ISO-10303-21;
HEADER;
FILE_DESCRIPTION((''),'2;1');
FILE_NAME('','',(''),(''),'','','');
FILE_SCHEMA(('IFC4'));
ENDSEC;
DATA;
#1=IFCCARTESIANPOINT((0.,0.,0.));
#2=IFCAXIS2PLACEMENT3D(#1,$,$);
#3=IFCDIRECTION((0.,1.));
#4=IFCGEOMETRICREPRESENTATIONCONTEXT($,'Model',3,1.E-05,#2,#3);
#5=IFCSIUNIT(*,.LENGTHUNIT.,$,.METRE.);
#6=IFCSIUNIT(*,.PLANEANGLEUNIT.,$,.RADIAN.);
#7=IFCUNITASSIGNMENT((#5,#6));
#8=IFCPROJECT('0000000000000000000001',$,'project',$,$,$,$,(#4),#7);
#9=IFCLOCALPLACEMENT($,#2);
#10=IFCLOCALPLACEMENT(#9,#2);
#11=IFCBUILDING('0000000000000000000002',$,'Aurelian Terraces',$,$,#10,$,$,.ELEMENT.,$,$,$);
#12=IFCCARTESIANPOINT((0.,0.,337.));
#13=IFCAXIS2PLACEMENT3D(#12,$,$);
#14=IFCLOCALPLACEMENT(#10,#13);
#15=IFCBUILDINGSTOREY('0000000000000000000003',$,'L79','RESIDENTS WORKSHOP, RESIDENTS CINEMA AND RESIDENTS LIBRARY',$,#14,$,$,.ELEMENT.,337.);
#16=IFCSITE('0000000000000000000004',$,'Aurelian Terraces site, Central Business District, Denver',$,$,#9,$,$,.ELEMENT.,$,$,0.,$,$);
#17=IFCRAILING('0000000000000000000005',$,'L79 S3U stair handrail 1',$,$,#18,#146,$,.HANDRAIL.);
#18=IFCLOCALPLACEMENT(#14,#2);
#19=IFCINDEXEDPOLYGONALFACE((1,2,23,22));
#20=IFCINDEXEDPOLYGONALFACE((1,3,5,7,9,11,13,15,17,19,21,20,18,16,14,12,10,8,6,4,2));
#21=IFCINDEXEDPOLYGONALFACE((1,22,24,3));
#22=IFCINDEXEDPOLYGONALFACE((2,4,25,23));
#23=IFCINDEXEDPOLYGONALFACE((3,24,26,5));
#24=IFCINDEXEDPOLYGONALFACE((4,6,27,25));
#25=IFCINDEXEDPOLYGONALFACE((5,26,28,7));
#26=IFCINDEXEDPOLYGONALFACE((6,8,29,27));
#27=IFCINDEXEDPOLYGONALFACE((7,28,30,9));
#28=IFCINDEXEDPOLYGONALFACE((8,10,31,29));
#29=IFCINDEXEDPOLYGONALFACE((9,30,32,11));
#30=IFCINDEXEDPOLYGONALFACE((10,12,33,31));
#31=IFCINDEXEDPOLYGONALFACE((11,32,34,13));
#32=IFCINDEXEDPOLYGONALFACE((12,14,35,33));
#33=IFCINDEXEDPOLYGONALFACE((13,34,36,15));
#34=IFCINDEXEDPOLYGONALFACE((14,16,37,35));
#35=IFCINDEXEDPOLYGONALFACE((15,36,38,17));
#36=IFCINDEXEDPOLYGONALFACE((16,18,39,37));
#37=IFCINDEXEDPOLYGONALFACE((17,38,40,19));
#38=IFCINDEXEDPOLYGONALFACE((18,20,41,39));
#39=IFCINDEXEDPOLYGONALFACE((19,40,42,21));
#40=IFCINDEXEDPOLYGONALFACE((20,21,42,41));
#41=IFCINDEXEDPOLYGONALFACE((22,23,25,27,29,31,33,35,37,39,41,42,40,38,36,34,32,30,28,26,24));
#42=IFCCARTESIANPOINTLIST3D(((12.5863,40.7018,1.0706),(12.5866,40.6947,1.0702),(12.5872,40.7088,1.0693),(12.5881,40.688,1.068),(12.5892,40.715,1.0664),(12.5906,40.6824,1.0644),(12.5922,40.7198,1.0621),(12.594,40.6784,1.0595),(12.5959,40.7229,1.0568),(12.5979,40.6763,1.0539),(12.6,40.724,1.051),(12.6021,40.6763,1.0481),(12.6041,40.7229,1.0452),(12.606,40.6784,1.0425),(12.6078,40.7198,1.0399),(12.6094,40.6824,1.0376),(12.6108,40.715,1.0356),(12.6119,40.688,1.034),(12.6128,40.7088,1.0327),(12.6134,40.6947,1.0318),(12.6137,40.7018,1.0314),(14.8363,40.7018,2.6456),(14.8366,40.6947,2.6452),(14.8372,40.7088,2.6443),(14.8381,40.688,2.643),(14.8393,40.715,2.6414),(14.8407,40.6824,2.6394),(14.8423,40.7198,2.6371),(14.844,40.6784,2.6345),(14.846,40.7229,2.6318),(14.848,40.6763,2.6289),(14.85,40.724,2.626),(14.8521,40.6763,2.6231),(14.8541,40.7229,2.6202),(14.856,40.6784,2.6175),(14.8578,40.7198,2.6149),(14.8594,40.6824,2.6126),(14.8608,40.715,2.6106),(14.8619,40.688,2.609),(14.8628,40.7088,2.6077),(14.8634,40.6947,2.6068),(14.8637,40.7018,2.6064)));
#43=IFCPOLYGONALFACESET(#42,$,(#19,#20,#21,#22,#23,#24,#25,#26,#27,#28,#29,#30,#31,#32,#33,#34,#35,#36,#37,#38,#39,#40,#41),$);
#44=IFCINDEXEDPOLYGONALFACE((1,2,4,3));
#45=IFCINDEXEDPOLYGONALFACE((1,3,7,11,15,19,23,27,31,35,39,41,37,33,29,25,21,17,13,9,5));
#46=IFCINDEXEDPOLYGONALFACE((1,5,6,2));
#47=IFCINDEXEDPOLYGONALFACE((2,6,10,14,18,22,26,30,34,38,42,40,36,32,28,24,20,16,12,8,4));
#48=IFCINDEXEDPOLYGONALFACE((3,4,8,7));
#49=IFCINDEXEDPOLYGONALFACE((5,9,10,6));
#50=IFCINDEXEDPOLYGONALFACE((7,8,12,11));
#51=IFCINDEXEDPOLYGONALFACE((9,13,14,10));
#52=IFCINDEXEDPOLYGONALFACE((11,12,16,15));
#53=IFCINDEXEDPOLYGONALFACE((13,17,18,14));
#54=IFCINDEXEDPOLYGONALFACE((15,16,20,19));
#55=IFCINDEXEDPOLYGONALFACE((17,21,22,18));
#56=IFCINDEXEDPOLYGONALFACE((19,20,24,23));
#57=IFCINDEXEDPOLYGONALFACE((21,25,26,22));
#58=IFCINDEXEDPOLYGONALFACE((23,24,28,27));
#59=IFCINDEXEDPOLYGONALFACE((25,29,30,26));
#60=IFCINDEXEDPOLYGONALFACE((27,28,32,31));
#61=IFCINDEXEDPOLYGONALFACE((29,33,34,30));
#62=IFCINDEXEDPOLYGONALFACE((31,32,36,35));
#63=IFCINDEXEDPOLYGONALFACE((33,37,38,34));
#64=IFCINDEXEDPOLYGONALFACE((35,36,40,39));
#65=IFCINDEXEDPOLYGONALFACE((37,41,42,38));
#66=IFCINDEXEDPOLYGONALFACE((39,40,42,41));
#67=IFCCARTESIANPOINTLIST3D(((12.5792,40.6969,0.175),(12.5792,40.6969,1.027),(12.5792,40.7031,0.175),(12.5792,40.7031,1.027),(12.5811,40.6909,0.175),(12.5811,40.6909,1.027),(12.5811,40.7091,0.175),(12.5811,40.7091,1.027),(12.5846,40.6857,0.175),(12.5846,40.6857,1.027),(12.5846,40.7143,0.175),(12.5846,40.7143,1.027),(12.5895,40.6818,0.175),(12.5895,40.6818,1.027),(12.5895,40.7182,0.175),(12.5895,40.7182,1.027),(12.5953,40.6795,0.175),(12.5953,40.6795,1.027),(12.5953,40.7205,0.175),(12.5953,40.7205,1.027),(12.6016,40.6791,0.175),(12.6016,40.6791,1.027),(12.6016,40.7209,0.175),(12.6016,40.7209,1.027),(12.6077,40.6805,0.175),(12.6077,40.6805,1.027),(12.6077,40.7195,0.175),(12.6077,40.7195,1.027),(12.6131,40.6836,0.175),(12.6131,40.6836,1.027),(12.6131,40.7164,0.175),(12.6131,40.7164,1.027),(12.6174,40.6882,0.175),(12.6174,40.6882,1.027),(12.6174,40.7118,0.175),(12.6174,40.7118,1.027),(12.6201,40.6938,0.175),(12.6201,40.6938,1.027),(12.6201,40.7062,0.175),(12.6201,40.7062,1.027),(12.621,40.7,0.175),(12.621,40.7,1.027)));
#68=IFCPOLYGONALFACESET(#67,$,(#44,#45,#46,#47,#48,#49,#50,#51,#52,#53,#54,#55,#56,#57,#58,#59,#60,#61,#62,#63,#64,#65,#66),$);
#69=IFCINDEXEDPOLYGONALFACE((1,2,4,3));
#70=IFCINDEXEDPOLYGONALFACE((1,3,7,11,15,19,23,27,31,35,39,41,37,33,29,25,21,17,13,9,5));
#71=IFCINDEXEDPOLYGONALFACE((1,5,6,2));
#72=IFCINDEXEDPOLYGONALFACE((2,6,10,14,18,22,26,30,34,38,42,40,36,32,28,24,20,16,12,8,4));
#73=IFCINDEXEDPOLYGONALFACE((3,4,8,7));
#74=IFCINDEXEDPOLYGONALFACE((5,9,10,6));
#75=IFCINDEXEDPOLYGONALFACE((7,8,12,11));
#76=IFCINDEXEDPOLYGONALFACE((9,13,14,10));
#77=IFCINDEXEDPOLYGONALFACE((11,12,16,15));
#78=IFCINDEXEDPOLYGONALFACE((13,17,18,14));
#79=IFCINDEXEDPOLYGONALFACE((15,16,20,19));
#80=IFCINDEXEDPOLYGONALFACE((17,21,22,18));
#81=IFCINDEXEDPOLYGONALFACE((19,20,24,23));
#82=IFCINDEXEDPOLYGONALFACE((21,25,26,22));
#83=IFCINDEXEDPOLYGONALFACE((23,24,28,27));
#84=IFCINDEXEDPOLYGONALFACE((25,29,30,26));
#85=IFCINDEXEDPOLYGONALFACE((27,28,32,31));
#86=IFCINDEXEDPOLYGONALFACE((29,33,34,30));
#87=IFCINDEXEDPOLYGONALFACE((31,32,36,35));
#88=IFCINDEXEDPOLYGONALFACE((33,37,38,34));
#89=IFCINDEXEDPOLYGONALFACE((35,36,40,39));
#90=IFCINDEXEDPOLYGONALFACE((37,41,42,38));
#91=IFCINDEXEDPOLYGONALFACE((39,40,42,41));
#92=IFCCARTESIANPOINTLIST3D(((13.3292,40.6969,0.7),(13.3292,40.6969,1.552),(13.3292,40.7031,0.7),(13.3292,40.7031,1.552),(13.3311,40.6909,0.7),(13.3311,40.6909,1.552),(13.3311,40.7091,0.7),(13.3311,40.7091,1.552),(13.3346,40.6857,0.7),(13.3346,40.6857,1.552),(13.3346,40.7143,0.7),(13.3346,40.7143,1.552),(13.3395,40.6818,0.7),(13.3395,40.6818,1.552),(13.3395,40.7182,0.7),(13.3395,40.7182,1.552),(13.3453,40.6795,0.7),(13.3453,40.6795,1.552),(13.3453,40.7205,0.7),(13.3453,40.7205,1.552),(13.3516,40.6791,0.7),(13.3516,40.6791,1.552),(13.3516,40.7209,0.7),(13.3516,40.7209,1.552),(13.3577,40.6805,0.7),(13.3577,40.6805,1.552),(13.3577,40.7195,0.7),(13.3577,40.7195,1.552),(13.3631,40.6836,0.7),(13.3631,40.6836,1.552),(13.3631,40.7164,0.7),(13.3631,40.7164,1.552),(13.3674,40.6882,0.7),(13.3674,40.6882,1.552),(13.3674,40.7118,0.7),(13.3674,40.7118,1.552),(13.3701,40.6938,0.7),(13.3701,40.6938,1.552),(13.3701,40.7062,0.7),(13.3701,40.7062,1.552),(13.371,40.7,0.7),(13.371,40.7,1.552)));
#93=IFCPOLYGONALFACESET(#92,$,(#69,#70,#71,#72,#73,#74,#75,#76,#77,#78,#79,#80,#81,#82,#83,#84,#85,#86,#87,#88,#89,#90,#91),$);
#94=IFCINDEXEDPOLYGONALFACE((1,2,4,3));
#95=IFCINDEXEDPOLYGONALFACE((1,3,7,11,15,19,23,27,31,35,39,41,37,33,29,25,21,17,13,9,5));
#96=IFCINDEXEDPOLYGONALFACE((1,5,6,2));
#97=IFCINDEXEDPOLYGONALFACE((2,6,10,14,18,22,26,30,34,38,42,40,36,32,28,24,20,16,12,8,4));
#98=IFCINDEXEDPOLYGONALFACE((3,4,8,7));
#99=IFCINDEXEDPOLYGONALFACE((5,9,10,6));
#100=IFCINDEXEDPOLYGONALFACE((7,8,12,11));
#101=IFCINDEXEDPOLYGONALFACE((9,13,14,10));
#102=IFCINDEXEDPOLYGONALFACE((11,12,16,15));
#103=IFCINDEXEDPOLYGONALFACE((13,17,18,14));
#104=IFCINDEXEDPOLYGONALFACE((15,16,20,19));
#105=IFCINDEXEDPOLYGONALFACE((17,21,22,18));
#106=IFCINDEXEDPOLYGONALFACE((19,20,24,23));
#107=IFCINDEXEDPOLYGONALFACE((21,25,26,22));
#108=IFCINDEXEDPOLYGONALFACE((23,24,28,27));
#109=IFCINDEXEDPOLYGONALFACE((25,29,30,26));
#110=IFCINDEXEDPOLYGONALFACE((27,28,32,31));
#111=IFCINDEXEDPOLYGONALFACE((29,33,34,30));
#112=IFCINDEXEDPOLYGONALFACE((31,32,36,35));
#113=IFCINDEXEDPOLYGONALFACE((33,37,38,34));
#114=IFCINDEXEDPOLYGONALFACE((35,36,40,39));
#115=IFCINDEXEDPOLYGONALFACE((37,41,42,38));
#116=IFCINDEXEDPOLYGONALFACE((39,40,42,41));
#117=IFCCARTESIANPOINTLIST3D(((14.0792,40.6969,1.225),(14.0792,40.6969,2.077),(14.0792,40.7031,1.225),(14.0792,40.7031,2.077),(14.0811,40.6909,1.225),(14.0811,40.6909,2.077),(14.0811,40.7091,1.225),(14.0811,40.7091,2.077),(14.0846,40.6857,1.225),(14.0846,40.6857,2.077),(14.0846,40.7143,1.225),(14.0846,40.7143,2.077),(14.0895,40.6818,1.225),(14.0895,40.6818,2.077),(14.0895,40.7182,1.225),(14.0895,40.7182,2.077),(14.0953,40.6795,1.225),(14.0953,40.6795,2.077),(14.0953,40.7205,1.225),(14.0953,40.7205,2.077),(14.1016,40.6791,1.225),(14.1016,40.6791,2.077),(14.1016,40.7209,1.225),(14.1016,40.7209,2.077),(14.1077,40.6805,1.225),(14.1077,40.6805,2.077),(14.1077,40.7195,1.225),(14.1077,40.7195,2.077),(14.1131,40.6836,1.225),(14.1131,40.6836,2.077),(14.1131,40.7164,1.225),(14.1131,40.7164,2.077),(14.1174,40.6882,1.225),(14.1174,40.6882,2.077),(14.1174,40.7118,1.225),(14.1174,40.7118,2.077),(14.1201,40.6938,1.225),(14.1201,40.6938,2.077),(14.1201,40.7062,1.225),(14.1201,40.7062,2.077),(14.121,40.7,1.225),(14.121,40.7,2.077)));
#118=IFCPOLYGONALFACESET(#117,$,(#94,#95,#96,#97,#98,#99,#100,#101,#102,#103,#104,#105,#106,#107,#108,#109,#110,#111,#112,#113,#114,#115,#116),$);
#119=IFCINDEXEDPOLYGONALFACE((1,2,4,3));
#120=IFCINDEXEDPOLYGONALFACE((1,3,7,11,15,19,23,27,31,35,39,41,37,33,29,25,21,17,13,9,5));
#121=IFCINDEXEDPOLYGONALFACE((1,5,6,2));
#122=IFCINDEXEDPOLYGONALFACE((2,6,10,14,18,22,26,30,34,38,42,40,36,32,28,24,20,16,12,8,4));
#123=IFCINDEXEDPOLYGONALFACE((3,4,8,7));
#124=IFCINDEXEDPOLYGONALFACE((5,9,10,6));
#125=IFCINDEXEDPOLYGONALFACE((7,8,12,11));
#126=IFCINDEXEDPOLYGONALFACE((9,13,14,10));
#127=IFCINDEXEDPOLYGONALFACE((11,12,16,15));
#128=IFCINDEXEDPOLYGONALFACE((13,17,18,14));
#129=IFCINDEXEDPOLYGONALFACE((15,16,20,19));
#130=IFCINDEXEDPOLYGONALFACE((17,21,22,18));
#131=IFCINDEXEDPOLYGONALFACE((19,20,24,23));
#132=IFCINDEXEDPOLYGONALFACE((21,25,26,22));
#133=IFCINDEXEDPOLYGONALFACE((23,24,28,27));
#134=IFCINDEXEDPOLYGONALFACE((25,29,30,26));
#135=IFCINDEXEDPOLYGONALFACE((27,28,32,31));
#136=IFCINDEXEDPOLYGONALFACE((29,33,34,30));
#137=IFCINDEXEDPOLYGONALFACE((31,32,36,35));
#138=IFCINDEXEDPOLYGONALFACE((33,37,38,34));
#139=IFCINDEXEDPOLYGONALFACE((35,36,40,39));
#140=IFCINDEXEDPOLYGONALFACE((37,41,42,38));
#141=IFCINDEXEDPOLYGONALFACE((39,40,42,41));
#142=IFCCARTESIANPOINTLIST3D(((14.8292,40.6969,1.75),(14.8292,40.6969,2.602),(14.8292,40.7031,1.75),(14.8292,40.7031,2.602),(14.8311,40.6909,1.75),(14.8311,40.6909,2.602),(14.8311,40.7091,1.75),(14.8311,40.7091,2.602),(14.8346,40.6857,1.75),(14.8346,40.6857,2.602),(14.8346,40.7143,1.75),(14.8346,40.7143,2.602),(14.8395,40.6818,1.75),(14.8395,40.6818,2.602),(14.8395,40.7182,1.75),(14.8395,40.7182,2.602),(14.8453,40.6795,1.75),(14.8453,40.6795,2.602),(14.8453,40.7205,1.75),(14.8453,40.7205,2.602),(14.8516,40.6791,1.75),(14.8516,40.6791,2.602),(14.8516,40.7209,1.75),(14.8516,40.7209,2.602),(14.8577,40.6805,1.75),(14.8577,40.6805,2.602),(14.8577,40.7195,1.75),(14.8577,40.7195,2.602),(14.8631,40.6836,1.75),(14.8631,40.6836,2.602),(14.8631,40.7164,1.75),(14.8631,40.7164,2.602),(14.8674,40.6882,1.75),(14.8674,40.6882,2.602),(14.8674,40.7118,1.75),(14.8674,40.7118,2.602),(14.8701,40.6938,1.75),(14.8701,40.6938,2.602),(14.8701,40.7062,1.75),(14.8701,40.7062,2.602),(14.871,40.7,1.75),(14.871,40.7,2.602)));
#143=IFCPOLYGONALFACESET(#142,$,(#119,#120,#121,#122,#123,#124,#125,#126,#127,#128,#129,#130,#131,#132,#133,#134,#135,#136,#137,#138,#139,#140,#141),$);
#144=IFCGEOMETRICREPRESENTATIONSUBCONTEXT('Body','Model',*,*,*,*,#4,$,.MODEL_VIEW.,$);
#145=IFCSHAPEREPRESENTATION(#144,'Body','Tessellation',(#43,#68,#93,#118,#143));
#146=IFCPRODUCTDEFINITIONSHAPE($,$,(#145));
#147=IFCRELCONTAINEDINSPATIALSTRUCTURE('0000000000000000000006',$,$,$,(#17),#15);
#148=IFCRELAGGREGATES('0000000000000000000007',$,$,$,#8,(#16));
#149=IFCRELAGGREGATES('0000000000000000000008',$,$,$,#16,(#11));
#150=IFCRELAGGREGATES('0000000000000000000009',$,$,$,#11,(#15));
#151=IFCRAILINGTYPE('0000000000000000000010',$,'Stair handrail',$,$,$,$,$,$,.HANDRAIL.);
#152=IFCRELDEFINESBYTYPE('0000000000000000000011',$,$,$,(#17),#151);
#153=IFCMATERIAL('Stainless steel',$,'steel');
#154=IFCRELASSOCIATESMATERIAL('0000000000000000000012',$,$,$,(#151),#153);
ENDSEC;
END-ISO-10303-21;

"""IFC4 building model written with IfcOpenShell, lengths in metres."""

from ifc_helpers import new_model, si_unit, direction, frame, origin, origin_2d, place, context, subcontext, project, spatial, circle, extrude, source, transform, mapped, material, type_object, element, save


model = new_model("IFC4")

# Units and contexts
model_context = context("Model", 3, precision=1e-05, world=origin(), true_north=direction((0.0, 1.0)))
body_context = subcontext(model_context, "Body", "Model", "MODEL_VIEW")
ifc_project = project(units=[si_unit("LENGTHUNIT", "METRE"), si_unit("PLANEANGLEUNIT", "RADIAN")], contexts=[model_context])

# Site, building, storey
site_placement = place(None, origin())
site = spatial("IfcSite", under=ifc_project, at=site_placement, Name="Aurelian Terraces site, Central Business District, Denver", CompositionType="ELEMENT", RefElevation=0.0)
building_placement = place(site_placement, origin())
building = spatial("IfcBuilding", under=site, at=building_placement, Name="Aurelian Terraces", CompositionType="ELEMENT")
storey_placement = place(building_placement, frame((0.0, 0.0, 337.0)))
storey = spatial("IfcBuildingStorey", under=building, at=storey_placement, Name="L79", Description="RESIDENTS WORKSHOP, RESIDENTS CINEMA AND RESIDENTS LIBRARY", CompositionType="ELEMENT", Elevation=337.0)

# Railing
ifc_material_1 = material(Name="Stainless steel", Category="steel")
railing_type_1 = type_object("IfcRailingType", Name="Stair handrail", PredefinedType="HANDRAIL", material=ifc_material_1)
shared_shape_1 = source(origin(), body_context, "Body", "SweptSolid", [
    extrude(circle(Radius=0.024, at=origin_2d()), frame((0.0, 0.0, 0.876), z_axis=(0.819232, 0.0, 0.573462), x_axis=(0.0, 1.0, 0.0)), (0.0, 0.0, 1.0), 2.7465),
    extrude(circle(Radius=0.021, at=origin_2d()), origin(), (0.0, 0.0, 1.0), 0.852),
    extrude(circle(Radius=0.021, at=origin_2d()), frame((0.75, 0.0, 0.525)), (0.0, 0.0, 1.0), 0.852),
    extrude(circle(Radius=0.021, at=origin_2d()), frame((1.5, 0.0, 1.05)), (0.0, 0.0, 1.0), 0.852),
    extrude(circle(Radius=0.021, at=origin_2d()), frame((2.25, 0.0, 1.575)), (0.0, 0.0, 1.0), 0.852),
])
railing_1_placement = place(storey_placement, frame((12.6, 40.7, 0.175)))
element("IfcRailing", 1, at=railing_1_placement, inside=storey, type_object=railing_type_1, Name="L79 S3U stair handrail 1", PredefinedType="HANDRAIL", context=body_context, shape_type="MappedRepresentation", body=[
    mapped(shared_shape_1, transform((0.0, 0.0, 0.0), scale=1.0)),
])

save(model, "model.ifc")
